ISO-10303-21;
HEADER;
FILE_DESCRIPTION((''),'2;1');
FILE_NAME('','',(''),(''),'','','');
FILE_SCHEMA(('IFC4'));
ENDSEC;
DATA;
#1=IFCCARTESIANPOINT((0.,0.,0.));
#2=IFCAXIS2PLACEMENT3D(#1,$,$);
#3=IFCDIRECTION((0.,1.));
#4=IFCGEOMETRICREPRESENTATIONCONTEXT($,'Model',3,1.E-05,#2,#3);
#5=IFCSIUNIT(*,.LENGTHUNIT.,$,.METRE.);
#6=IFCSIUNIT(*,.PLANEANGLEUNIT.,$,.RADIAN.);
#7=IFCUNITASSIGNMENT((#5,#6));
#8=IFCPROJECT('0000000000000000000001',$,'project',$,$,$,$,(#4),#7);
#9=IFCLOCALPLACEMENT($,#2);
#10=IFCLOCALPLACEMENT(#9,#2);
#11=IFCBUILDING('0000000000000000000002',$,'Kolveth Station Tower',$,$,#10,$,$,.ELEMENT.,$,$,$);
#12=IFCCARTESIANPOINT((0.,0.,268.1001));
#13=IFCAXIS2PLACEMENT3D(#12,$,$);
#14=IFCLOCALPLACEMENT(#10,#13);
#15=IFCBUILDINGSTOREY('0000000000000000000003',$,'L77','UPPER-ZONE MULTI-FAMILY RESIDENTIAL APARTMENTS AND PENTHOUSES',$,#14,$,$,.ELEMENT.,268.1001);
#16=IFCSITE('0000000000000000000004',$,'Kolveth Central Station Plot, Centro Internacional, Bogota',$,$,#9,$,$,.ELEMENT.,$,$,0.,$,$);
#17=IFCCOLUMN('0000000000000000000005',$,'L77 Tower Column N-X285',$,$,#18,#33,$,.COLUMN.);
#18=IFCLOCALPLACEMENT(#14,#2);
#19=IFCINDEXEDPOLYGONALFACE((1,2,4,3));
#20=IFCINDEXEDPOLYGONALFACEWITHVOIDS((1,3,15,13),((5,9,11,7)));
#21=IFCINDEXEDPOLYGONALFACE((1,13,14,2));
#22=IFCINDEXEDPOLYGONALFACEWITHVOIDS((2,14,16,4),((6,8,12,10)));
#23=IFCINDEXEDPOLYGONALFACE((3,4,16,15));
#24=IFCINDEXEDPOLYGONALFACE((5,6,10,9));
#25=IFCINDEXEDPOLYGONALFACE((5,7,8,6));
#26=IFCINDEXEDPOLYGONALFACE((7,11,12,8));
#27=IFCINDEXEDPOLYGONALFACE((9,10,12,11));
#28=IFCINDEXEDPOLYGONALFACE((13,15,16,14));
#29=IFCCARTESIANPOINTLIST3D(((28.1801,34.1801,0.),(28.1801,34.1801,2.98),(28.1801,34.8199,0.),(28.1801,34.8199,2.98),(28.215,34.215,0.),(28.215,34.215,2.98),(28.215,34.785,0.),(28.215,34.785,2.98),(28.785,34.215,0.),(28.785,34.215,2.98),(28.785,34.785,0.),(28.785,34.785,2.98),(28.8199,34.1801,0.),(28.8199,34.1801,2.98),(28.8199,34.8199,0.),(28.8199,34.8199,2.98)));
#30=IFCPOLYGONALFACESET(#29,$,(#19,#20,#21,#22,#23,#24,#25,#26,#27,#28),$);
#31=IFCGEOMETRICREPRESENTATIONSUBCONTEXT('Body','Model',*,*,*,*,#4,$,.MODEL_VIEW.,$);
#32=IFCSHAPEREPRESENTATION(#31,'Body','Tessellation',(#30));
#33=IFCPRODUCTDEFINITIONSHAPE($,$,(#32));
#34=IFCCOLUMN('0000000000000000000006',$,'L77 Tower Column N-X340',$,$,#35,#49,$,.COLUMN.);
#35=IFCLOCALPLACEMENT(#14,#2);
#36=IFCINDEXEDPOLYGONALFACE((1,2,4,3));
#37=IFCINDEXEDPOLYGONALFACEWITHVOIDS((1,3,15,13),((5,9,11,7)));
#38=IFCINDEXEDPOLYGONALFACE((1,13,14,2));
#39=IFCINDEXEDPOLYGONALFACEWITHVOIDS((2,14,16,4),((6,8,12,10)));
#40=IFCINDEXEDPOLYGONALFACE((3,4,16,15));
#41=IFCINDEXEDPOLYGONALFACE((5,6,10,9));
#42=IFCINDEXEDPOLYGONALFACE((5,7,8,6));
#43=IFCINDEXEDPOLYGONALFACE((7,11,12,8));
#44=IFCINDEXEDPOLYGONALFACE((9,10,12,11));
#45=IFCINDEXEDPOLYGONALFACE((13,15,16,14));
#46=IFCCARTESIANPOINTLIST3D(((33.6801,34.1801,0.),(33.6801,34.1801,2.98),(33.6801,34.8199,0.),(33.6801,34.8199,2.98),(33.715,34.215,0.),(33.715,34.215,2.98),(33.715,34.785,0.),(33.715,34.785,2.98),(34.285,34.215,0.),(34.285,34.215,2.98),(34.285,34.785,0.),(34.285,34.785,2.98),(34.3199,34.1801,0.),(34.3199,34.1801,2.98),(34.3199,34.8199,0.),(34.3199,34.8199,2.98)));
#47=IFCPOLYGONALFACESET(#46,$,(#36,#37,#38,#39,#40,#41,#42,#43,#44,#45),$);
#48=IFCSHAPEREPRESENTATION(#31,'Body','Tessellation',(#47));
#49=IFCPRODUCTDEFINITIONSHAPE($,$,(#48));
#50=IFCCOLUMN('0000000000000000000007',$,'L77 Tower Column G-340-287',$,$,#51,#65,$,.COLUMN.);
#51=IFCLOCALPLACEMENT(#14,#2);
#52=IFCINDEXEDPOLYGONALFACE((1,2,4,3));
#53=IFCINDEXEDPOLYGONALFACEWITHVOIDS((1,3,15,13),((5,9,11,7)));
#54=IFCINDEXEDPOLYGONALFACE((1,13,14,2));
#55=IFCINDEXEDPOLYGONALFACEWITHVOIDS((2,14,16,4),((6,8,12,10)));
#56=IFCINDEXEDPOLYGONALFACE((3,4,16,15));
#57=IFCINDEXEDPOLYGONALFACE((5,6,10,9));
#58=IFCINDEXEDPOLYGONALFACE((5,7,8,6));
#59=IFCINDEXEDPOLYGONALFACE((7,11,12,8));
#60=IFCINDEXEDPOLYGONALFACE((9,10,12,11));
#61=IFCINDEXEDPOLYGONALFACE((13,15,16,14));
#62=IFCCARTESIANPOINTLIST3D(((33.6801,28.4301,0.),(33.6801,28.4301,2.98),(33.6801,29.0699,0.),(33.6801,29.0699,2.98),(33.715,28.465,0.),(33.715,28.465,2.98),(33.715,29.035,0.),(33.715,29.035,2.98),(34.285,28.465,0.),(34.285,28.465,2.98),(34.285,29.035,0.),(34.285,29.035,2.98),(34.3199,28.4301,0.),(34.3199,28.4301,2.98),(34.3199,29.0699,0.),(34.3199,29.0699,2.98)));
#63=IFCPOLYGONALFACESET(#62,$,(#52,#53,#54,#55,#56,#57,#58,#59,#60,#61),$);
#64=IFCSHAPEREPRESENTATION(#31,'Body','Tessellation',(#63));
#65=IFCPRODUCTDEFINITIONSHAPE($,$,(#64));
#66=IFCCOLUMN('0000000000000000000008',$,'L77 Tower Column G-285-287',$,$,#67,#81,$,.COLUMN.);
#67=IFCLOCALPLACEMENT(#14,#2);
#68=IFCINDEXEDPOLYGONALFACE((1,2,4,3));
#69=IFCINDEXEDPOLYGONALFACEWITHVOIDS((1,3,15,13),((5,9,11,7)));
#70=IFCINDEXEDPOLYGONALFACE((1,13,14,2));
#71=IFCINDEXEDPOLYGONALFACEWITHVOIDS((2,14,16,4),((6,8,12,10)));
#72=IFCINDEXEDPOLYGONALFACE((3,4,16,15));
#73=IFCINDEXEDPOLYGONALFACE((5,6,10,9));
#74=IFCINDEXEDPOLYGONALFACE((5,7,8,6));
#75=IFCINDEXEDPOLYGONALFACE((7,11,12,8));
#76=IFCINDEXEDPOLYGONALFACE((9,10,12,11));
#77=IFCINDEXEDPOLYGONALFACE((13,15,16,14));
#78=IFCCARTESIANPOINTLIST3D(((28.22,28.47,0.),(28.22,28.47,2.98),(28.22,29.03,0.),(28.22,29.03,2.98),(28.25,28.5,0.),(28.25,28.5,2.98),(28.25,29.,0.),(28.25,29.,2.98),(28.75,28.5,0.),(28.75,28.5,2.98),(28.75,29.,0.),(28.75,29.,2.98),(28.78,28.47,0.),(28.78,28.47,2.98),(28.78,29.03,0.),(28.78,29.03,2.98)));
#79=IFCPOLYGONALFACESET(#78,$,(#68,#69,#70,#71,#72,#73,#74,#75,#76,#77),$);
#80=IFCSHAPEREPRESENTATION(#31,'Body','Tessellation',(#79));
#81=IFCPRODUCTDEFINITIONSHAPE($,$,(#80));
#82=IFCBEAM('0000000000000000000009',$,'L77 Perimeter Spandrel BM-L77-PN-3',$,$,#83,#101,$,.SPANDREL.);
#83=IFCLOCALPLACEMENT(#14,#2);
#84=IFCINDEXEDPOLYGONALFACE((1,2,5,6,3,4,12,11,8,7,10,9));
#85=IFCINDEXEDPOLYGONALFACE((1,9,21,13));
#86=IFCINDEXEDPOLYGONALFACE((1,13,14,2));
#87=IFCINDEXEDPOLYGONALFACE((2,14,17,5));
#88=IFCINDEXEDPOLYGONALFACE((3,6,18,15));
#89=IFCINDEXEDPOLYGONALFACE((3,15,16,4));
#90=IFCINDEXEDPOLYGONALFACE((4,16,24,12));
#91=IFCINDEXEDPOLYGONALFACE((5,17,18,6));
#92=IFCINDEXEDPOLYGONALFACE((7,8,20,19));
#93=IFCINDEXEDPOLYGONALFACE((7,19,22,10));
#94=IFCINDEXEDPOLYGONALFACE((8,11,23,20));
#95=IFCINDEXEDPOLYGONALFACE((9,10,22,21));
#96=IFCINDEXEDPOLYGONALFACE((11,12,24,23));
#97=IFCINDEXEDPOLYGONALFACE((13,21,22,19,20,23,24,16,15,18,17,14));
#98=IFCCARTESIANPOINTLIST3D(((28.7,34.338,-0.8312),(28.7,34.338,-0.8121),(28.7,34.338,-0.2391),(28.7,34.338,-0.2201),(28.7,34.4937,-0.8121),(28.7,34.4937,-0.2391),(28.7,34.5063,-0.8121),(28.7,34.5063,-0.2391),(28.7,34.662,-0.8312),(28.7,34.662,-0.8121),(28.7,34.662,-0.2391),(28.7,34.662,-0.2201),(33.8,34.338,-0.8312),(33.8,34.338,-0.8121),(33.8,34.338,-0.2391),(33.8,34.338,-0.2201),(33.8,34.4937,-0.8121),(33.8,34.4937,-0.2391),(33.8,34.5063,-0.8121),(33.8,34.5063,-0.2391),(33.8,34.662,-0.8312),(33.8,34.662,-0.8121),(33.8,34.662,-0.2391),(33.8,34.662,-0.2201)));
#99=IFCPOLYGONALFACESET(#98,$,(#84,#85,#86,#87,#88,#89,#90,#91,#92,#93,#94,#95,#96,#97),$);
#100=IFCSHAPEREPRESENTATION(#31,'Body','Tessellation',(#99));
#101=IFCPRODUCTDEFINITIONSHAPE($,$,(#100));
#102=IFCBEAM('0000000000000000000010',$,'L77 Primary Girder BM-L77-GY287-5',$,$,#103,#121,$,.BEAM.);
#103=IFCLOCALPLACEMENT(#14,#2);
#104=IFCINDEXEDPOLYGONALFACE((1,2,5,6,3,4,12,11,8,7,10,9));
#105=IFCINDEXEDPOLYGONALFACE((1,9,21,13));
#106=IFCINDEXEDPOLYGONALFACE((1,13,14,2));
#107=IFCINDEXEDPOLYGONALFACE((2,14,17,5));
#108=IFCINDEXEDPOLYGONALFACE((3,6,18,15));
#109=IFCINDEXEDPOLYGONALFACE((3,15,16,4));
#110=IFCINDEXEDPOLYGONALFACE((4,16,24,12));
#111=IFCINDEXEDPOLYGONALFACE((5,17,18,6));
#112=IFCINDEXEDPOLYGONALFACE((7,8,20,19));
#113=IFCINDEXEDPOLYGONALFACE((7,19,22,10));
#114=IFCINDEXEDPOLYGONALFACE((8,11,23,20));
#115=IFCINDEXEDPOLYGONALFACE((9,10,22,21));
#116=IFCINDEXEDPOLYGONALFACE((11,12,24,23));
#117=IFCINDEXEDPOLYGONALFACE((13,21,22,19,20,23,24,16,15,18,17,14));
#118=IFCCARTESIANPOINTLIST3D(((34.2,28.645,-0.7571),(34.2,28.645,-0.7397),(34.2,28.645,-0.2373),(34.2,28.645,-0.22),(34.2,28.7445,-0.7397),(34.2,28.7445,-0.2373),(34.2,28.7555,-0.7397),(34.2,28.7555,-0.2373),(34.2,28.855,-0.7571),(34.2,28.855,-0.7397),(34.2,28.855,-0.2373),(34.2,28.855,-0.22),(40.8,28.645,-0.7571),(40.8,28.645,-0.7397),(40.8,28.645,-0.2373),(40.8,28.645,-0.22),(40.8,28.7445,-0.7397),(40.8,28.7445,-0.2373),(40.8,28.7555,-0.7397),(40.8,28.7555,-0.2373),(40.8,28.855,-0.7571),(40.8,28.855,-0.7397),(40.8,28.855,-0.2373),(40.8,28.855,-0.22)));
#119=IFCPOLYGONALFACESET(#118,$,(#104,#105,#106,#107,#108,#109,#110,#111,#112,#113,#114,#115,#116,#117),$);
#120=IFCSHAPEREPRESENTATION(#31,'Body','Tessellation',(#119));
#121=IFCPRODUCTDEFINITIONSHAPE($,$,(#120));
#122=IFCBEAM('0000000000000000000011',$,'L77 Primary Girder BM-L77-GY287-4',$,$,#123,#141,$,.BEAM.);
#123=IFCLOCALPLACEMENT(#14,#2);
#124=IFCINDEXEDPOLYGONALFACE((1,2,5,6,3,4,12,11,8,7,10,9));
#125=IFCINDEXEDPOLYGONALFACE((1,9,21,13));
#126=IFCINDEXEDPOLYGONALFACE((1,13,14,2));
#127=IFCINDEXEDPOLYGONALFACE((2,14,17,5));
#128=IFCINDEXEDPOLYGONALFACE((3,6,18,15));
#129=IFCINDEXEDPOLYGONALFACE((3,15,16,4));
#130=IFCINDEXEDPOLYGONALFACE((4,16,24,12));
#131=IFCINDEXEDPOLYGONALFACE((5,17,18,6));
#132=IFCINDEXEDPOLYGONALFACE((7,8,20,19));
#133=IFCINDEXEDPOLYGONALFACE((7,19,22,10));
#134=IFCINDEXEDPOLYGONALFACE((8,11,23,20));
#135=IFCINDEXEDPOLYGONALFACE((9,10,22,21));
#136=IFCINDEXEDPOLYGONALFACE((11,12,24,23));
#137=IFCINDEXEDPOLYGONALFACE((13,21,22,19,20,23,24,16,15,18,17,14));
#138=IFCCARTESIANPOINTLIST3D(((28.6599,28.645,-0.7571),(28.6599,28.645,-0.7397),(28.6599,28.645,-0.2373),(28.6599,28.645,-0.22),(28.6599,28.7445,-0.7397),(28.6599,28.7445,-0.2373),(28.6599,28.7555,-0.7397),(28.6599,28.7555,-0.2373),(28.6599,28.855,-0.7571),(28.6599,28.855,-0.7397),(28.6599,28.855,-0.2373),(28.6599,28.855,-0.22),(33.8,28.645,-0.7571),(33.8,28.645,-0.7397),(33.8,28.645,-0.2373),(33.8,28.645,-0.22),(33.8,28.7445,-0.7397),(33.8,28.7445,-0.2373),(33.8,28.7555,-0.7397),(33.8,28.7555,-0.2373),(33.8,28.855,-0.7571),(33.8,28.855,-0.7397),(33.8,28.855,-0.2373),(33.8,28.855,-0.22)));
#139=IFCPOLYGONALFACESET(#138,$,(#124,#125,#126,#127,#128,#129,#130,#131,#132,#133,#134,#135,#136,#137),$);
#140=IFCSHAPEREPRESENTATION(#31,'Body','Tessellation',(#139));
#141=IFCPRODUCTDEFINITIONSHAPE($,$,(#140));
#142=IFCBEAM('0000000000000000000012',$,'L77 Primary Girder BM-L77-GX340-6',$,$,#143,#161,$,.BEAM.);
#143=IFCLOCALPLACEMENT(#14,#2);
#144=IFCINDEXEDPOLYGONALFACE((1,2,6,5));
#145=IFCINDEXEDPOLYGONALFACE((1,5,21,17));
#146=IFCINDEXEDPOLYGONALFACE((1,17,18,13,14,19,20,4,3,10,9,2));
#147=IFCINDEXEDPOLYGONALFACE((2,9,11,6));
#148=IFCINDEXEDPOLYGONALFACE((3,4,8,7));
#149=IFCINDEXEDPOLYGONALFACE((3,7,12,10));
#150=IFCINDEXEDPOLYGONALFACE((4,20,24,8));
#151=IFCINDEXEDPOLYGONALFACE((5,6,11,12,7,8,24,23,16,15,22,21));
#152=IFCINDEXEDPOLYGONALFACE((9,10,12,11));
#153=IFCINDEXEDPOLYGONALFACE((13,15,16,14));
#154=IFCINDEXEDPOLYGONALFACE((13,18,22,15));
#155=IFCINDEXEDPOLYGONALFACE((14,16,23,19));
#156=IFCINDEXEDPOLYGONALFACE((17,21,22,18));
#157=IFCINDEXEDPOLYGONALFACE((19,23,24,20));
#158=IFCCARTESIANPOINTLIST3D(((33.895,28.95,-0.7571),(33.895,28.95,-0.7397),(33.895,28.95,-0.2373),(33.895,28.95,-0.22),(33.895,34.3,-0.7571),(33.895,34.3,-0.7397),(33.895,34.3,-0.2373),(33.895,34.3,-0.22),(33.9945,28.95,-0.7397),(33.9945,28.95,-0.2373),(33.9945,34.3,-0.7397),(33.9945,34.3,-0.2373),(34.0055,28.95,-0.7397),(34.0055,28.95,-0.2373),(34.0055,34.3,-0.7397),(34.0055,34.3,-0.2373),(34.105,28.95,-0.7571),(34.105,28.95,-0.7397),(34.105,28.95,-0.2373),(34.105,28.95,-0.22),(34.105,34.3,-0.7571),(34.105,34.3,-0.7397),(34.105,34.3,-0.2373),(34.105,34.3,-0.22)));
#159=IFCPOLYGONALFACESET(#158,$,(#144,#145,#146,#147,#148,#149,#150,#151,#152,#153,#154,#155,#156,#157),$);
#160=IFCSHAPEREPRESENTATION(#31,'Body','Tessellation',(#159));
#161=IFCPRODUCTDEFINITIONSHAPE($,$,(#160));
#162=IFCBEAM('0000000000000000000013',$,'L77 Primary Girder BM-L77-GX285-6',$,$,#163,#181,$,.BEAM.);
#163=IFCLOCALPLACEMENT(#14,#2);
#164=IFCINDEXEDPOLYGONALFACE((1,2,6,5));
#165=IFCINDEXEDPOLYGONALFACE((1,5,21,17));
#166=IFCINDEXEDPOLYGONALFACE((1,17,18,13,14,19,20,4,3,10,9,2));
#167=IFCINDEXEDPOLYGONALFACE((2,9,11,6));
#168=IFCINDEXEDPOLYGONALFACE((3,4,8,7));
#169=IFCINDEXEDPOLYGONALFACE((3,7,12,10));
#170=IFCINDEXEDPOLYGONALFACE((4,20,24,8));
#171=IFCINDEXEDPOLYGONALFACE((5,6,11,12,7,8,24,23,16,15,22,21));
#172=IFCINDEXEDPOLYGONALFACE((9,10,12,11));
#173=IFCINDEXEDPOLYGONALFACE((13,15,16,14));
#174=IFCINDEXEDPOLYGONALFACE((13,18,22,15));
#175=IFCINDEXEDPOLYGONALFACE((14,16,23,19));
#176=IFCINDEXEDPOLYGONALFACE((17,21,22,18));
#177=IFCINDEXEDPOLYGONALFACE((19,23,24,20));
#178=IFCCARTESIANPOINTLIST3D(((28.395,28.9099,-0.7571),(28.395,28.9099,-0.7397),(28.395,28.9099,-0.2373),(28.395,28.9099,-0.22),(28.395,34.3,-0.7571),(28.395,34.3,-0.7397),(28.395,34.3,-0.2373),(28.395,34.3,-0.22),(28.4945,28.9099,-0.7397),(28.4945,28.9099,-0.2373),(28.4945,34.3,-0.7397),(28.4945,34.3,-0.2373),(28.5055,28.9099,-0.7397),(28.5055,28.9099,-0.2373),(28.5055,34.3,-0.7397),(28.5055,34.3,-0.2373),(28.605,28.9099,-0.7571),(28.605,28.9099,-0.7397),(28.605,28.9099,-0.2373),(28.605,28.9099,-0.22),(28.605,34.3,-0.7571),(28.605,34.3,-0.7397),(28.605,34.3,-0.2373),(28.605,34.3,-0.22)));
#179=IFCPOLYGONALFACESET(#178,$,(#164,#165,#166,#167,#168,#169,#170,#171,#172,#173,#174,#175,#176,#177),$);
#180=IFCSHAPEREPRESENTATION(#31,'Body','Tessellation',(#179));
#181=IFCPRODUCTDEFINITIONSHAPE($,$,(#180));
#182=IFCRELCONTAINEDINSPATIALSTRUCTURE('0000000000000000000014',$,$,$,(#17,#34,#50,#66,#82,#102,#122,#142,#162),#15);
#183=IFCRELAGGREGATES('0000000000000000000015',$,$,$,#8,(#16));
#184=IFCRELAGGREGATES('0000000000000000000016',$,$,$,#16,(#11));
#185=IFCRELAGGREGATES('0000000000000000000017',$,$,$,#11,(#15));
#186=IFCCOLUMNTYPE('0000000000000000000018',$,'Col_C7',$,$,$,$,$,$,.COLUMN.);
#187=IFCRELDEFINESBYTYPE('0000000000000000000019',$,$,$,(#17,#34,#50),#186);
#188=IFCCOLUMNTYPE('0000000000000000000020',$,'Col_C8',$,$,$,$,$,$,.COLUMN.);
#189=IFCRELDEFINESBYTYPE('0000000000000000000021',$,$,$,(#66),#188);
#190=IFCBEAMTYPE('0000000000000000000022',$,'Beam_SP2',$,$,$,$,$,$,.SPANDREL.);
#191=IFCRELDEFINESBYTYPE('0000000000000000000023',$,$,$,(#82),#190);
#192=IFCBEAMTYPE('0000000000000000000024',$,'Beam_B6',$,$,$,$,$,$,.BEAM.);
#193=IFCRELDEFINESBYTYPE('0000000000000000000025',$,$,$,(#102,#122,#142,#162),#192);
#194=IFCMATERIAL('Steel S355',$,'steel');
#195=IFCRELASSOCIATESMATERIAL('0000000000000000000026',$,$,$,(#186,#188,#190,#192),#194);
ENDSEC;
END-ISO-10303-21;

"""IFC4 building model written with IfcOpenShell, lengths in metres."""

from ifc_helpers import new_model, si_unit, direction, frame, origin, origin_2d, place, context, subcontext, project, spatial, hollow_rectangle, i_section, extrude, source, transform, mapped, material, material_profile, profile_set, type_object, element, save


model = new_model("IFC4")

# Units and contexts
model_context = context("Model", 3, precision=1e-05, world=origin(), true_north=direction((0.0, 1.0)))
body_context = subcontext(model_context, "Body", "Model", "MODEL_VIEW")
ifc_project = project(units=[si_unit("LENGTHUNIT", "METRE"), si_unit("PLANEANGLEUNIT", "RADIAN")], contexts=[model_context])

# Site, building, storey
site_placement = place(None, origin())
site = spatial("IfcSite", under=ifc_project, at=site_placement, Name="Kolveth Central Station Plot, Centro Internacional, Bogota", CompositionType="ELEMENT", RefElevation=0.0)
building_placement = place(site_placement, origin())
building = spatial("IfcBuilding", under=site, at=building_placement, Name="Kolveth Station Tower", CompositionType="ELEMENT")
storey_placement = place(building_placement, frame((0.0, 0.0, 268.1001)))
storey = spatial("IfcBuildingStorey", under=building, at=storey_placement, Name="L77", Description="UPPER-ZONE MULTI-FAMILY RESIDENTIAL APARTMENTS AND PENTHOUSES", CompositionType="ELEMENT", Elevation=268.1001)

# Columns
ifc_material_1 = material(Name="Steel S355", Category="steel")
ifc_material_profile_1 = material_profile(ifc_material_1, hollow_rectangle(XDim=0.6399, YDim=0.6399, WallThickness=0.0349, at=origin_2d()), Name="BOX640x640x35")
ifc_profile_set_1 = profile_set([ifc_material_profile_1], Name="Steel S355")
column_type_1 = type_object("IfcColumnType", Name="Col_C7", PredefinedType="COLUMN", material=ifc_profile_set_1)
shared_shape_1 = source(origin(), body_context, "Body", "SweptSolid", [
    extrude(hollow_rectangle(XDim=0.6399, YDim=0.6399, WallThickness=0.0349, at=origin_2d()), origin(), (0.0, 0.0, 1.0), 2.98),
])
for number, where, z_axis, x_axis, name in (
    (1, (28.5, 34.5, 0.0), (0.0, 0.0, 1.0), (1.0, 0.0, 0.0), "L77 Tower Column N-X285"),
    (2, (34.0, 34.5, 0.0), (0.0, 0.0, 1.0), (1.0, 0.0, 0.0), "L77 Tower Column N-X340"),
    (3, (34.0, 28.75, 0.0), (0.0, 0.0, 1.0), (1.0, 0.0, 0.0), "L77 Tower Column G-340-287"),
):
    element("IfcColumn", number, at=place(storey_placement, frame(where, z_axis=z_axis, x_axis=x_axis)), inside=storey, type_object=column_type_1, Name=name, PredefinedType="COLUMN", context=body_context, shape_type="MappedRepresentation", body=[
        mapped(shared_shape_1, transform((0.0, 0.0, 0.0), x_axis=(1.0, 0.0, 0.0), y_axis=(0.0, 1.0, 0.0), z_axis=(0.0, 0.0, 1.0), scale=1.0)),
    ])
ifc_material_profile_2 = material_profile(ifc_material_1, hollow_rectangle(XDim=0.5601, YDim=0.5601, WallThickness=0.03, at=origin_2d()), Name="BOX560x560x30")
ifc_profile_set_2 = profile_set([ifc_material_profile_2], Name="Steel S355")
column_type_2 = type_object("IfcColumnType", Name="Col_C8", PredefinedType="COLUMN", material=ifc_profile_set_2)
shared_shape_2 = source(origin(), body_context, "Body", "SweptSolid", [
    extrude(hollow_rectangle(XDim=0.5601, YDim=0.5601, WallThickness=0.03, at=origin_2d()), origin(), (0.0, 0.0, 1.0), 2.98),
])
column_placement = place(storey_placement, frame((28.5, 28.75, 0.0), z_axis=(0.0, 0.0, 1.0), x_axis=(1.0, 0.0, 0.0)))
element("IfcColumn", 4, at=column_placement, inside=storey, type_object=column_type_2, Name="L77 Tower Column G-285-287", PredefinedType="COLUMN", context=body_context, shape_type="MappedRepresentation", body=[
    mapped(shared_shape_2, transform((0.0, 0.0, 0.0), x_axis=(1.0, 0.0, 0.0), y_axis=(0.0, 1.0, 0.0), z_axis=(0.0, 0.0, 1.0), scale=1.0)),
])

# Beams
ifc_material_profile_3 = material_profile(ifc_material_1, i_section(OverallWidth=0.324, OverallDepth=0.6111, WebThickness=0.0127, FlangeThickness=0.019, at=origin_2d()), Name="W610x155")
ifc_profile_set_3 = profile_set([ifc_material_profile_3], Name="Steel S355")
beam_type_1 = type_object("IfcBeamType", Name="Beam_SP2", PredefinedType="SPANDREL", material=ifc_profile_set_3)
shared_shape_3 = source(origin(), body_context, "Body", "SweptSolid", [
    extrude(i_section(OverallWidth=0.324, OverallDepth=0.6111, WebThickness=0.0127, FlangeThickness=0.019, at=origin_2d()), origin(), (0.0, 0.0, 1.0), 5.1001),
])
beam_1_placement = place(storey_placement, frame((28.7, 34.5, -0.5256), z_axis=(1.0, 0.0, 0.0), x_axis=(0.0, 1.0, 0.0)))
element("IfcBeam", 5, at=beam_1_placement, inside=storey, type_object=beam_type_1, Name="L77 Perimeter Spandrel BM-L77-PN-3", PredefinedType="SPANDREL", context=body_context, shape_type="MappedRepresentation", body=[
    mapped(shared_shape_3, transform((0.0, 0.0, 0.0), x_axis=(1.0, 0.0, 0.0), y_axis=(0.0, 1.0, 0.0), z_axis=(0.0, 0.0, 1.0), scale=1.0)),
])
ifc_material_profile_4 = material_profile(ifc_material_1, i_section(OverallWidth=0.21, OverallDepth=0.5371, WebThickness=0.011, FlangeThickness=0.0173, at=origin_2d()), Name="W530x101")
ifc_profile_set_4 = profile_set([ifc_material_profile_4], Name="Steel S355")
beam_type_2 = type_object("IfcBeamType", Name="Beam_B6", PredefinedType="BEAM", material=ifc_profile_set_4)
shared_shape_4 = source(origin(), body_context, "Body", "SweptSolid", [
    extrude(i_section(OverallWidth=0.21, OverallDepth=0.5371, WebThickness=0.011, FlangeThickness=0.0173, at=origin_2d()), origin(), (0.0, 0.0, 1.0), 6.6001),
])
beam_2_placement = place(storey_placement, frame((34.2, 28.75, -0.4885), z_axis=(1.0, 0.0, 0.0), x_axis=(0.0, 1.0, 0.0)))
element("IfcBeam", 6, at=beam_2_placement, inside=storey, type_object=beam_type_2, Name="L77 Primary Girder BM-L77-GY287-5", PredefinedType="BEAM", context=body_context, shape_type="MappedRepresentation", body=[
    mapped(shared_shape_4, transform((0.0, 0.0, 0.0), x_axis=(1.0, 0.0, 0.0), y_axis=(0.0, 1.0, 0.0), z_axis=(0.0, 0.0, 1.0), scale=1.0)),
])
shared_shape_5 = source(origin(), body_context, "Body", "SweptSolid", [
    extrude(i_section(OverallWidth=0.21, OverallDepth=0.5371, WebThickness=0.011, FlangeThickness=0.0173, at=origin_2d()), origin(), (0.0, 0.0, 1.0), 5.1401),
])
beam_3_placement = place(storey_placement, frame((28.6599, 28.75, -0.4885), z_axis=(1.0, 0.0, 0.0), x_axis=(0.0, 1.0, 0.0)))
element("IfcBeam", 7, at=beam_3_placement, inside=storey, type_object=beam_type_2, Name="L77 Primary Girder BM-L77-GY287-4", PredefinedType="BEAM", context=body_context, shape_type="MappedRepresentation", body=[
    mapped(shared_shape_5, transform((0.0, 0.0, 0.0), x_axis=(1.0, 0.0, 0.0), y_axis=(0.0, 1.0, 0.0), z_axis=(0.0, 0.0, 1.0), scale=1.0)),
])
shared_shape_6 = source(origin(), body_context, "Body", "SweptSolid", [
    extrude(i_section(OverallWidth=0.21, OverallDepth=0.5371, WebThickness=0.011, FlangeThickness=0.0173, at=origin_2d()), origin(), (0.0, 0.0, 1.0), 5.3501),
])
beam_4_placement = place(storey_placement, frame((34.0, 28.95, -0.4885), z_axis=(0.0, 1.0, 0.0), x_axis=(-1.0, 0.0, 0.0)))
element("IfcBeam", 8, at=beam_4_placement, inside=storey, type_object=beam_type_2, Name="L77 Primary Girder BM-L77-GX340-6", PredefinedType="BEAM", context=body_context, shape_type="MappedRepresentation", body=[
    mapped(shared_shape_6, transform((0.0, 0.0, 0.0), x_axis=(1.0, 0.0, 0.0), y_axis=(0.0, 1.0, 0.0), z_axis=(0.0, 0.0, 1.0), scale=1.0)),
])
shared_shape_7 = source(origin(), body_context, "Body", "SweptSolid", [
    extrude(i_section(OverallWidth=0.21, OverallDepth=0.5371, WebThickness=0.011, FlangeThickness=0.0173, at=origin_2d()), origin(), (0.0, 0.0, 1.0), 5.3901),
])
beam_5_placement = place(storey_placement, frame((28.5, 28.9099, -0.4885), z_axis=(0.0, 1.0, 0.0), x_axis=(-1.0, 0.0, 0.0)))
element("IfcBeam", 9, at=beam_5_placement, inside=storey, type_object=beam_type_2, Name="L77 Primary Girder BM-L77-GX285-6", PredefinedType="BEAM", context=body_context, shape_type="MappedRepresentation", body=[
    mapped(shared_shape_7, transform((0.0, 0.0, 0.0), x_axis=(1.0, 0.0, 0.0), y_axis=(0.0, 1.0, 0.0), z_axis=(0.0, 0.0, 1.0), scale=1.0)),
])

save(model, "model.ifc")
